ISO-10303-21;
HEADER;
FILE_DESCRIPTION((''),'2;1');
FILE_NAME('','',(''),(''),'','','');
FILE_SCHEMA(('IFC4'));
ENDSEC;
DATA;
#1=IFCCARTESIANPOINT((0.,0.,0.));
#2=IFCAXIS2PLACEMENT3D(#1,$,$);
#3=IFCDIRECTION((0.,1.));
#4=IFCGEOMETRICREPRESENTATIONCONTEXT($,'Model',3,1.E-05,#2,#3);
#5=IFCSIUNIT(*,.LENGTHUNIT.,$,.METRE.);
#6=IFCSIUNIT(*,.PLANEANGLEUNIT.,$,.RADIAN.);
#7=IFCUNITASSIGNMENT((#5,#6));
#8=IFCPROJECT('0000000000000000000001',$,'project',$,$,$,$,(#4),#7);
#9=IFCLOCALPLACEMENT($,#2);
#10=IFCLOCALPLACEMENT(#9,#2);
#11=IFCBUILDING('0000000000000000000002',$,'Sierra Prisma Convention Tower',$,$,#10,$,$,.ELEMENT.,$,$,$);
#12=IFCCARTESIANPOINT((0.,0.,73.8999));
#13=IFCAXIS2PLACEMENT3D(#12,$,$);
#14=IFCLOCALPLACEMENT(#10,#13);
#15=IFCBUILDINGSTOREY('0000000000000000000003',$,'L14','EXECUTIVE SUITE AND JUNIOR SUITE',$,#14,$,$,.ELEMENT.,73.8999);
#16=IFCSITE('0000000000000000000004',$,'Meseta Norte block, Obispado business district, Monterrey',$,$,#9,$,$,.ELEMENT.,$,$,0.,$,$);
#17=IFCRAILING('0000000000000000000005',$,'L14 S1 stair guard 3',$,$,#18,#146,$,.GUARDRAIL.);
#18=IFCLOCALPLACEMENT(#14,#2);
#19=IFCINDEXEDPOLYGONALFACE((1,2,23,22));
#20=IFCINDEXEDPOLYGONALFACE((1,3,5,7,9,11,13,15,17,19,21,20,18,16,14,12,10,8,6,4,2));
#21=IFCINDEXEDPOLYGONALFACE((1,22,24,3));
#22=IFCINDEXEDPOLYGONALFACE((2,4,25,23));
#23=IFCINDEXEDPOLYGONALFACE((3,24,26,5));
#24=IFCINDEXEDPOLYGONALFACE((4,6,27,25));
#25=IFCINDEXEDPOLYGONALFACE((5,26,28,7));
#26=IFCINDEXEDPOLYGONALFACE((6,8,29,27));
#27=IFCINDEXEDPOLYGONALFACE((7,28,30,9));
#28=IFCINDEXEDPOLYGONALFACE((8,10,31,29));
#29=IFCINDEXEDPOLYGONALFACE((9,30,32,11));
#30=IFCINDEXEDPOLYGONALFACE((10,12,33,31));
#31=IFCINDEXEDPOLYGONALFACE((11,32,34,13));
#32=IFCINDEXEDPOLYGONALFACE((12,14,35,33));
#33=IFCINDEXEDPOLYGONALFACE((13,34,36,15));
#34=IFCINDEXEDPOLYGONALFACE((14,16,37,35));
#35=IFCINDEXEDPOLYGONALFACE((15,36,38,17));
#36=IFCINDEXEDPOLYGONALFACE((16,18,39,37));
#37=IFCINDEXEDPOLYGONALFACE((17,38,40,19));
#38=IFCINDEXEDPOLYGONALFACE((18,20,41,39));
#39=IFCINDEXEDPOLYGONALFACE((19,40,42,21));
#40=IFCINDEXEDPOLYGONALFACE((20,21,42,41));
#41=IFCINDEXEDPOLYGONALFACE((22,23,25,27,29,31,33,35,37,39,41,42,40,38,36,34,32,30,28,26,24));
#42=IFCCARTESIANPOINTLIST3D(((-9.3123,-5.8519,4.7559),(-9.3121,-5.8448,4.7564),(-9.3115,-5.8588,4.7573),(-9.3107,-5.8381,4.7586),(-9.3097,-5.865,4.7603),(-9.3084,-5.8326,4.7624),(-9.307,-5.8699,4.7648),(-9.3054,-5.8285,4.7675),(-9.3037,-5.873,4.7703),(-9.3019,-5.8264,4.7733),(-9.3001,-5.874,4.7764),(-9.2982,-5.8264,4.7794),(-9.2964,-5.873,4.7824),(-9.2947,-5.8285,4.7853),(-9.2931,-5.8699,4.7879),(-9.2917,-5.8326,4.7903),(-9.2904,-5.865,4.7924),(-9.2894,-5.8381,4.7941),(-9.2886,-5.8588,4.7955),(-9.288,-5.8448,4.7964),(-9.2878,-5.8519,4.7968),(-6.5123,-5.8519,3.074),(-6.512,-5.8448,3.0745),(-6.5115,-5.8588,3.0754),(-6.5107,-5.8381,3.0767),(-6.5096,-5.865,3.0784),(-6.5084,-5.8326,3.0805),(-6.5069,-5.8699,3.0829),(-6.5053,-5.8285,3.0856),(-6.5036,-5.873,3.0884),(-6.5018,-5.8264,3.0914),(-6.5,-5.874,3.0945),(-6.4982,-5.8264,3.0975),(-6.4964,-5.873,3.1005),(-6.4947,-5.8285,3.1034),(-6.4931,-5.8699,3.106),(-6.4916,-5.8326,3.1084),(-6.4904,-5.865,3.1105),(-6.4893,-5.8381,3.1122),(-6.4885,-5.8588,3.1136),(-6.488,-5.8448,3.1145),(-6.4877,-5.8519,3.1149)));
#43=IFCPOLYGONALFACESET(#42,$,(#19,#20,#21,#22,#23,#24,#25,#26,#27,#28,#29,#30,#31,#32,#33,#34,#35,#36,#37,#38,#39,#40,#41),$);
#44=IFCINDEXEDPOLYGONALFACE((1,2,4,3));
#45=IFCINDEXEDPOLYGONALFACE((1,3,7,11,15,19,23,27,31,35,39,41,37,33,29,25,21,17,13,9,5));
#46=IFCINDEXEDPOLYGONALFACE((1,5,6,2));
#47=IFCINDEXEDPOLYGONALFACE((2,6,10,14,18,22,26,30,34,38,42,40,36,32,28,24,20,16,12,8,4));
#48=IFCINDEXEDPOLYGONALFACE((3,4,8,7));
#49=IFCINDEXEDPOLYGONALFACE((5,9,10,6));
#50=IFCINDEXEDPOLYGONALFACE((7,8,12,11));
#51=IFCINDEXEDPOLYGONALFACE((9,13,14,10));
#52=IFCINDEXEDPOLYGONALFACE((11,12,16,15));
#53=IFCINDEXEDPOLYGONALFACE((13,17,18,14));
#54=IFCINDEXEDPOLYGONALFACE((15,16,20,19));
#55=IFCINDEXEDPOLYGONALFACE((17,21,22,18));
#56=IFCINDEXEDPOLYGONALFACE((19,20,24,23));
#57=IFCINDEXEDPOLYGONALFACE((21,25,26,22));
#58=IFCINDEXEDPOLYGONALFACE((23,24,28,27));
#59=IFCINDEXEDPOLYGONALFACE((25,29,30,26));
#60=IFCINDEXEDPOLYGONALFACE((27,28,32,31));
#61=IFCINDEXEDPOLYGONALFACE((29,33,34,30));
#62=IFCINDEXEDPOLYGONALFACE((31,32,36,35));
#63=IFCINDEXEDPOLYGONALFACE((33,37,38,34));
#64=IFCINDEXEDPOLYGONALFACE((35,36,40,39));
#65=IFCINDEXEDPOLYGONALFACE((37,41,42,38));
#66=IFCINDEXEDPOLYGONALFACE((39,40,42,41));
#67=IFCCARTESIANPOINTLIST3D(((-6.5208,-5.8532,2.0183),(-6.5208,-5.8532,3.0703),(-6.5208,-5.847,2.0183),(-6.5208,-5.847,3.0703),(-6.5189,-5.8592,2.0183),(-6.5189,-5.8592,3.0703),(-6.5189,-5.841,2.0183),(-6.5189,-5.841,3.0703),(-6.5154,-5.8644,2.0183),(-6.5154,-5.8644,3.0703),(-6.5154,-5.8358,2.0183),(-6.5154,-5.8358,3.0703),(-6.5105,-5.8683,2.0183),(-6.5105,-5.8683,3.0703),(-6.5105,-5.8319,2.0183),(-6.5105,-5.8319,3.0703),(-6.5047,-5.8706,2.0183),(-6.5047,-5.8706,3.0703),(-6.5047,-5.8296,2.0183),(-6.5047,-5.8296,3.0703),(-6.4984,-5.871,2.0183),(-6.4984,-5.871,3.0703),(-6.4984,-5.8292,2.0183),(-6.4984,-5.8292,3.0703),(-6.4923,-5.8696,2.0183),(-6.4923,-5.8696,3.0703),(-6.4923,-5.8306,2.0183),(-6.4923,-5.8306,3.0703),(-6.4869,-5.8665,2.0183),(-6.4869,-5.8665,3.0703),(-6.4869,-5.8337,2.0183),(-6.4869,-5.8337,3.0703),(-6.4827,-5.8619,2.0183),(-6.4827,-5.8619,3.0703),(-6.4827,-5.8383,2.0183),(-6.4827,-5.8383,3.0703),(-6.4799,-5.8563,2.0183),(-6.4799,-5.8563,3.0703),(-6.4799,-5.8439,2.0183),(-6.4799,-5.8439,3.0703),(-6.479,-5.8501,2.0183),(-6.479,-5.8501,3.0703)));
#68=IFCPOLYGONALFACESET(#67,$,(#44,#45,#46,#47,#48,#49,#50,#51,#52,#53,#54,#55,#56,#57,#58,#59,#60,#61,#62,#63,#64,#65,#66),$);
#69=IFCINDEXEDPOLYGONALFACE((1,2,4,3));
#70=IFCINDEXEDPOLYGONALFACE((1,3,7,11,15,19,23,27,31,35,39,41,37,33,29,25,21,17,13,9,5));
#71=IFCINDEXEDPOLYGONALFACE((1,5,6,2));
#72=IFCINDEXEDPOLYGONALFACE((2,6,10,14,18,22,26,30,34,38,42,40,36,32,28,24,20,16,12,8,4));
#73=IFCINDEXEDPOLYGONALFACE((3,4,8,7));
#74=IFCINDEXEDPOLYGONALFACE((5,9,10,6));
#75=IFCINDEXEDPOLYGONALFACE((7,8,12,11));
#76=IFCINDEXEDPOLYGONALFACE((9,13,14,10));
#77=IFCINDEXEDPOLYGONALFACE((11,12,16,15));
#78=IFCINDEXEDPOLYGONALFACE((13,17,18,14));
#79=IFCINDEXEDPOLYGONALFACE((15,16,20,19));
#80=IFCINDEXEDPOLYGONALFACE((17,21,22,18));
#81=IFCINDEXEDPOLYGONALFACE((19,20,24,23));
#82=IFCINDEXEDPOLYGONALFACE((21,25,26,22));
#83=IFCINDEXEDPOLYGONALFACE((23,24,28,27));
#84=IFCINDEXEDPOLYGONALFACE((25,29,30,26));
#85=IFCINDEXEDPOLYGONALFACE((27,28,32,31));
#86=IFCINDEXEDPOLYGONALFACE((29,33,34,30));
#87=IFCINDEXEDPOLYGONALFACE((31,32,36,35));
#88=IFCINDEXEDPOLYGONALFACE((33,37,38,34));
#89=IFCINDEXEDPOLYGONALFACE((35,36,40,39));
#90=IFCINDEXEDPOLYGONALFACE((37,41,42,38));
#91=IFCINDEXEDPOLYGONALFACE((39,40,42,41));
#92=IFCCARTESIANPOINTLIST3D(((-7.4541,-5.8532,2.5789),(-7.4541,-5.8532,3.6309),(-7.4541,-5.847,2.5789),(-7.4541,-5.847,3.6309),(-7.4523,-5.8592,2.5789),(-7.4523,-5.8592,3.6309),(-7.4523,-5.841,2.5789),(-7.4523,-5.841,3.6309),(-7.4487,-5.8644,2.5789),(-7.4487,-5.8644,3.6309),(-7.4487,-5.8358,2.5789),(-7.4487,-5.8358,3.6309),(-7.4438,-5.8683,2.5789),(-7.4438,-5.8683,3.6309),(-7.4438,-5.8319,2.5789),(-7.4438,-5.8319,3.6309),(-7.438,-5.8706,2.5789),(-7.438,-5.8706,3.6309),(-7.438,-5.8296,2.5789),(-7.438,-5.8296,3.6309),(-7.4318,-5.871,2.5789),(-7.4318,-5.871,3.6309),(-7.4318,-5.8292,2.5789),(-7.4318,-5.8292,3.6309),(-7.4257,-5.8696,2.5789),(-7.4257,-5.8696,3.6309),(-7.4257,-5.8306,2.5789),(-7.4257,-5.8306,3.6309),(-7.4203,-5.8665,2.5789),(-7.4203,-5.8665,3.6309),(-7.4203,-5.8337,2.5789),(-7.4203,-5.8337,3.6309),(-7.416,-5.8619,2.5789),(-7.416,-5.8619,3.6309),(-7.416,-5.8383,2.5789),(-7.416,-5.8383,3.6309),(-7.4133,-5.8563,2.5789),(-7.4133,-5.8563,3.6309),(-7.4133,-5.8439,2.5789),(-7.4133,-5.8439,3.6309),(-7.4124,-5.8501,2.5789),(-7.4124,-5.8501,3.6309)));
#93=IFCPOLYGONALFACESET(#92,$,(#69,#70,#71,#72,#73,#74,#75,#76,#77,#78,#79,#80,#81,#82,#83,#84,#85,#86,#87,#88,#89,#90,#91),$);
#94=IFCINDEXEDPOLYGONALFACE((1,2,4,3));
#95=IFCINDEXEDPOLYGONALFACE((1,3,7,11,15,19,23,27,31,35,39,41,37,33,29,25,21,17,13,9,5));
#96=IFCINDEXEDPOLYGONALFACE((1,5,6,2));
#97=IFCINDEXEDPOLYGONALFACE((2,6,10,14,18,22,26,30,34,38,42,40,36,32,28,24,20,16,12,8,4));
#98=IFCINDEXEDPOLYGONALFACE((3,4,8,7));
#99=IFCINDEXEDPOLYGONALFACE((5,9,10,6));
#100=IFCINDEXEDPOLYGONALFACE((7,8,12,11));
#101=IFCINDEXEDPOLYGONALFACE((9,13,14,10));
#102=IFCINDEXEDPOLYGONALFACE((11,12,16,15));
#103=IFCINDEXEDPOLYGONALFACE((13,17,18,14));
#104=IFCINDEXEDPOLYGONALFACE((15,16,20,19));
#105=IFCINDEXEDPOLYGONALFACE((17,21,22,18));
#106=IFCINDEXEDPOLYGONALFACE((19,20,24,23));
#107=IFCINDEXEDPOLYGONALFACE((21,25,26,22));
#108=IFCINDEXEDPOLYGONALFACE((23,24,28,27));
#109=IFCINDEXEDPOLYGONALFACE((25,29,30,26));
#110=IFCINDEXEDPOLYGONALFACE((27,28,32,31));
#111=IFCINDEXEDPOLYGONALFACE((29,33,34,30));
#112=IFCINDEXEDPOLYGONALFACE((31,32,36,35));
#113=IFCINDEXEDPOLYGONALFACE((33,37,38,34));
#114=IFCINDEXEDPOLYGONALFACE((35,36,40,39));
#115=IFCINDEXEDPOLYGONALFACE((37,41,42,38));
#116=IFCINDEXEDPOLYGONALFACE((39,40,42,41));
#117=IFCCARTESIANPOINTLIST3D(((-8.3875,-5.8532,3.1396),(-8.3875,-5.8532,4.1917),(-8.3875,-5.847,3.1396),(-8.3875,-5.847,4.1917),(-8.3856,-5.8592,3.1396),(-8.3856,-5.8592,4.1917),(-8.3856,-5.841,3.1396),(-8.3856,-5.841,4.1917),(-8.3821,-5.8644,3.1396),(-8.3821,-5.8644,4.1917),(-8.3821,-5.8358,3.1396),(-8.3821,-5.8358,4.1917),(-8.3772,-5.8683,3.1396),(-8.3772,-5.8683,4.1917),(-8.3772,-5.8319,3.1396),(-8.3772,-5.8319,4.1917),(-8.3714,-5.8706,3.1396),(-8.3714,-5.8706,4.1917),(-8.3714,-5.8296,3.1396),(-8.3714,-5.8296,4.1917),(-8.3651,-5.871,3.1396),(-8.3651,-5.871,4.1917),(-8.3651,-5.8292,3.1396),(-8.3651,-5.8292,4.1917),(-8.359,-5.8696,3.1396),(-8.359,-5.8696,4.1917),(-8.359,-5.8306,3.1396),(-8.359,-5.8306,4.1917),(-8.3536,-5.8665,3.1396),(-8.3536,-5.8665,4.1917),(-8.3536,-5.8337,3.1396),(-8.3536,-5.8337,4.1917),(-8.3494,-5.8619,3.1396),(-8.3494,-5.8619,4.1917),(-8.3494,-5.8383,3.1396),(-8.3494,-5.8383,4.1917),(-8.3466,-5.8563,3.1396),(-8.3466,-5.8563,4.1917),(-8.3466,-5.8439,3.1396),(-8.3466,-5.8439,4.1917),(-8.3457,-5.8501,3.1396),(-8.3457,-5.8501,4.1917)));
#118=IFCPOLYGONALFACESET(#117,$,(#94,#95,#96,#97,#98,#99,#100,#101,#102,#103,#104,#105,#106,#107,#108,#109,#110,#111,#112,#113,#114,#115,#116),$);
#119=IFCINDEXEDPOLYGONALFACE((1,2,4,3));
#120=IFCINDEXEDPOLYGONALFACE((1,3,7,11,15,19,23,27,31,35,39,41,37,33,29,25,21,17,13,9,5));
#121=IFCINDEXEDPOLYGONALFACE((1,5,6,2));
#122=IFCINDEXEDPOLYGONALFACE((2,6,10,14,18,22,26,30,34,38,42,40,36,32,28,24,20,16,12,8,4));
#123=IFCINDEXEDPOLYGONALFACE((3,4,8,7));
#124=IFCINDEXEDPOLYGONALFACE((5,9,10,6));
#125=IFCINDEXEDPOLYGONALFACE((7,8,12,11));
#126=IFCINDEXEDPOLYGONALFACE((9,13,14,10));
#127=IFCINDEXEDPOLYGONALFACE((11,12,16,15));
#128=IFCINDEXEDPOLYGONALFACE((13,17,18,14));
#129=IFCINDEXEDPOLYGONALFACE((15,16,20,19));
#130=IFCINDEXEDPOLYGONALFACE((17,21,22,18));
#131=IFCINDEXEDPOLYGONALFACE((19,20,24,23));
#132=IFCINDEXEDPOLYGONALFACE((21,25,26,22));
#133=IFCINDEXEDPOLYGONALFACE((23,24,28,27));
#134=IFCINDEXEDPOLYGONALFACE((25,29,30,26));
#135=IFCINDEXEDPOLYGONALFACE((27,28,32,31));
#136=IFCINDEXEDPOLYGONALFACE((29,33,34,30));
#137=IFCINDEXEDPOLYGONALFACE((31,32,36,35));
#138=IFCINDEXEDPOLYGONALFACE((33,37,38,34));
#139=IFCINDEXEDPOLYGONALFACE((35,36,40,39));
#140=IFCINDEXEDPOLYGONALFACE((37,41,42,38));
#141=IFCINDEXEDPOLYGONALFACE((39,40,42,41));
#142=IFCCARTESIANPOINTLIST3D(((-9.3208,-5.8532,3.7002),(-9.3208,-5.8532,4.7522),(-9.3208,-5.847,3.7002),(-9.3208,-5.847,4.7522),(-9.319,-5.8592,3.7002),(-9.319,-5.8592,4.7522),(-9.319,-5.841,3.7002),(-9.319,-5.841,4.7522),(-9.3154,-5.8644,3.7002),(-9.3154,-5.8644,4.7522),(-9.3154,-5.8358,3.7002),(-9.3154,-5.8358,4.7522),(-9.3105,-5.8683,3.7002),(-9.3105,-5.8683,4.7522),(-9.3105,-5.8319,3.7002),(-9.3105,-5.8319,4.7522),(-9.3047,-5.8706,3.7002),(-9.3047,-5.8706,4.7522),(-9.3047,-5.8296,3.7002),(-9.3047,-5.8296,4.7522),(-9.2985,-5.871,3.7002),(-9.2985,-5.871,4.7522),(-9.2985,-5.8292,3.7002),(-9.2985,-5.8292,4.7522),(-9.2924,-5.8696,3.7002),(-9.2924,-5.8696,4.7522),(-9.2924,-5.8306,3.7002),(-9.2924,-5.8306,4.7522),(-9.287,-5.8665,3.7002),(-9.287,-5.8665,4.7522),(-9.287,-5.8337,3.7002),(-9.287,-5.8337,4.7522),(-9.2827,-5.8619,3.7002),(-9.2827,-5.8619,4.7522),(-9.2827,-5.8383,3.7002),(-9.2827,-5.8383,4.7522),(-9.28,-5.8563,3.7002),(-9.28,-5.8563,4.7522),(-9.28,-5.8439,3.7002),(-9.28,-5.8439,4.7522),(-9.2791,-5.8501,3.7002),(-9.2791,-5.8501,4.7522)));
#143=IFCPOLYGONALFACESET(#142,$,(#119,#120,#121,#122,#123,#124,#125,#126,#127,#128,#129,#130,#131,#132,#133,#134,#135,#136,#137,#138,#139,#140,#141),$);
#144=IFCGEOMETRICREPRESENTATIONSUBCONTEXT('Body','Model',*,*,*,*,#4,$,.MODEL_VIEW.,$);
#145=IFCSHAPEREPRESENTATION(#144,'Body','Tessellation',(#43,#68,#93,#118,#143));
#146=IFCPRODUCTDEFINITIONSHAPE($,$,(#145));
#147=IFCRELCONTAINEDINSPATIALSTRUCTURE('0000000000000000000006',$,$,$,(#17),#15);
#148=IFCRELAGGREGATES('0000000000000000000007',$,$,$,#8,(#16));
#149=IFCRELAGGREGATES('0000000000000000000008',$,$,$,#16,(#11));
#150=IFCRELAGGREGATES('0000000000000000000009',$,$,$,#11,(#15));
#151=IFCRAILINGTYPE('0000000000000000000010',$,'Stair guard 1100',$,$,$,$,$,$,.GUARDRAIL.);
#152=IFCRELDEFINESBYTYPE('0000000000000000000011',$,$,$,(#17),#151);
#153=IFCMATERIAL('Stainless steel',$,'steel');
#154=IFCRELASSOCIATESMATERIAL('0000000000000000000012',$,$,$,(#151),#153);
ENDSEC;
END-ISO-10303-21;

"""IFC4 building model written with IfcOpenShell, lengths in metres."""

from ifc_helpers import new_model, si_unit, direction, frame, origin, origin_2d, place, context, subcontext, project, spatial, circle, extrude, material, type_object, element, save


model = new_model("IFC4")

# Units and contexts
model_context = context("Model", 3, precision=1e-05, world=origin(), true_north=direction((0.0, 1.0)))
body_context = subcontext(model_context, "Body", "Model", "MODEL_VIEW")
ifc_project = project(units=[si_unit("LENGTHUNIT", "METRE"), si_unit("PLANEANGLEUNIT", "RADIAN")], contexts=[model_context])

# Site, building, storey
site_placement = place(None, origin())
site = spatial("IfcSite", under=ifc_project, at=site_placement, Name="Meseta Norte block, Obispado business district, Monterrey", CompositionType="ELEMENT", RefElevation=0.0)
building_placement = place(site_placement, origin())
building = spatial("IfcBuilding", under=site, at=building_placement, Name="Sierra Prisma Convention Tower", CompositionType="ELEMENT")
storey_placement = place(building_placement, frame((0.0, 0.0, 73.8999)))
storey = spatial("IfcBuildingStorey", under=building, at=storey_placement, Name="L14", Description="EXECUTIVE SUITE AND JUNIOR SUITE", CompositionType="ELEMENT", Elevation=73.8999)

# Railing
ifc_material_1 = material(Name="Stainless steel", Category="steel")
railing_type_1 = type_object("IfcRailingType", Name="Stair guard 1100", PredefinedType="GUARDRAIL", material=ifc_material_1)
railing_1_placement = place(storey_placement, frame((-6.5, -5.8501, 2.0183)))
element("IfcRailing", 1, at=railing_1_placement, inside=storey, type_object=railing_type_1, Name="L14 S1 stair guard 3", PredefinedType="GUARDRAIL", context=body_context, shape_type="SweptSolid", body=[
    extrude(circle(Radius=0.0239, at=origin_2d()), frame((0.0, 0.0, 1.0762), z_axis=(-0.857242, 0.0, 0.514913), x_axis=(0.0, -1.0, 0.0)), (0.0, 0.0, 1.0), 3.2664),
    extrude(circle(Radius=0.021, at=origin_2d()), origin(), (0.0, 0.0, 1.0), 1.052),
    extrude(circle(Radius=0.021, at=origin_2d()), frame((-0.9333, 0.0, 0.5605)), (0.0, 0.0, 1.0), 1.052),
    extrude(circle(Radius=0.021, at=origin_2d()), frame((-1.8667, 0.0, 1.1213)), (0.0, 0.0, 1.0), 1.052),
    extrude(circle(Radius=0.021, at=origin_2d()), frame((-2.8, 0.0, 1.6819)), (0.0, 0.0, 1.0), 1.052),
])

save(model, "model.ifc")
